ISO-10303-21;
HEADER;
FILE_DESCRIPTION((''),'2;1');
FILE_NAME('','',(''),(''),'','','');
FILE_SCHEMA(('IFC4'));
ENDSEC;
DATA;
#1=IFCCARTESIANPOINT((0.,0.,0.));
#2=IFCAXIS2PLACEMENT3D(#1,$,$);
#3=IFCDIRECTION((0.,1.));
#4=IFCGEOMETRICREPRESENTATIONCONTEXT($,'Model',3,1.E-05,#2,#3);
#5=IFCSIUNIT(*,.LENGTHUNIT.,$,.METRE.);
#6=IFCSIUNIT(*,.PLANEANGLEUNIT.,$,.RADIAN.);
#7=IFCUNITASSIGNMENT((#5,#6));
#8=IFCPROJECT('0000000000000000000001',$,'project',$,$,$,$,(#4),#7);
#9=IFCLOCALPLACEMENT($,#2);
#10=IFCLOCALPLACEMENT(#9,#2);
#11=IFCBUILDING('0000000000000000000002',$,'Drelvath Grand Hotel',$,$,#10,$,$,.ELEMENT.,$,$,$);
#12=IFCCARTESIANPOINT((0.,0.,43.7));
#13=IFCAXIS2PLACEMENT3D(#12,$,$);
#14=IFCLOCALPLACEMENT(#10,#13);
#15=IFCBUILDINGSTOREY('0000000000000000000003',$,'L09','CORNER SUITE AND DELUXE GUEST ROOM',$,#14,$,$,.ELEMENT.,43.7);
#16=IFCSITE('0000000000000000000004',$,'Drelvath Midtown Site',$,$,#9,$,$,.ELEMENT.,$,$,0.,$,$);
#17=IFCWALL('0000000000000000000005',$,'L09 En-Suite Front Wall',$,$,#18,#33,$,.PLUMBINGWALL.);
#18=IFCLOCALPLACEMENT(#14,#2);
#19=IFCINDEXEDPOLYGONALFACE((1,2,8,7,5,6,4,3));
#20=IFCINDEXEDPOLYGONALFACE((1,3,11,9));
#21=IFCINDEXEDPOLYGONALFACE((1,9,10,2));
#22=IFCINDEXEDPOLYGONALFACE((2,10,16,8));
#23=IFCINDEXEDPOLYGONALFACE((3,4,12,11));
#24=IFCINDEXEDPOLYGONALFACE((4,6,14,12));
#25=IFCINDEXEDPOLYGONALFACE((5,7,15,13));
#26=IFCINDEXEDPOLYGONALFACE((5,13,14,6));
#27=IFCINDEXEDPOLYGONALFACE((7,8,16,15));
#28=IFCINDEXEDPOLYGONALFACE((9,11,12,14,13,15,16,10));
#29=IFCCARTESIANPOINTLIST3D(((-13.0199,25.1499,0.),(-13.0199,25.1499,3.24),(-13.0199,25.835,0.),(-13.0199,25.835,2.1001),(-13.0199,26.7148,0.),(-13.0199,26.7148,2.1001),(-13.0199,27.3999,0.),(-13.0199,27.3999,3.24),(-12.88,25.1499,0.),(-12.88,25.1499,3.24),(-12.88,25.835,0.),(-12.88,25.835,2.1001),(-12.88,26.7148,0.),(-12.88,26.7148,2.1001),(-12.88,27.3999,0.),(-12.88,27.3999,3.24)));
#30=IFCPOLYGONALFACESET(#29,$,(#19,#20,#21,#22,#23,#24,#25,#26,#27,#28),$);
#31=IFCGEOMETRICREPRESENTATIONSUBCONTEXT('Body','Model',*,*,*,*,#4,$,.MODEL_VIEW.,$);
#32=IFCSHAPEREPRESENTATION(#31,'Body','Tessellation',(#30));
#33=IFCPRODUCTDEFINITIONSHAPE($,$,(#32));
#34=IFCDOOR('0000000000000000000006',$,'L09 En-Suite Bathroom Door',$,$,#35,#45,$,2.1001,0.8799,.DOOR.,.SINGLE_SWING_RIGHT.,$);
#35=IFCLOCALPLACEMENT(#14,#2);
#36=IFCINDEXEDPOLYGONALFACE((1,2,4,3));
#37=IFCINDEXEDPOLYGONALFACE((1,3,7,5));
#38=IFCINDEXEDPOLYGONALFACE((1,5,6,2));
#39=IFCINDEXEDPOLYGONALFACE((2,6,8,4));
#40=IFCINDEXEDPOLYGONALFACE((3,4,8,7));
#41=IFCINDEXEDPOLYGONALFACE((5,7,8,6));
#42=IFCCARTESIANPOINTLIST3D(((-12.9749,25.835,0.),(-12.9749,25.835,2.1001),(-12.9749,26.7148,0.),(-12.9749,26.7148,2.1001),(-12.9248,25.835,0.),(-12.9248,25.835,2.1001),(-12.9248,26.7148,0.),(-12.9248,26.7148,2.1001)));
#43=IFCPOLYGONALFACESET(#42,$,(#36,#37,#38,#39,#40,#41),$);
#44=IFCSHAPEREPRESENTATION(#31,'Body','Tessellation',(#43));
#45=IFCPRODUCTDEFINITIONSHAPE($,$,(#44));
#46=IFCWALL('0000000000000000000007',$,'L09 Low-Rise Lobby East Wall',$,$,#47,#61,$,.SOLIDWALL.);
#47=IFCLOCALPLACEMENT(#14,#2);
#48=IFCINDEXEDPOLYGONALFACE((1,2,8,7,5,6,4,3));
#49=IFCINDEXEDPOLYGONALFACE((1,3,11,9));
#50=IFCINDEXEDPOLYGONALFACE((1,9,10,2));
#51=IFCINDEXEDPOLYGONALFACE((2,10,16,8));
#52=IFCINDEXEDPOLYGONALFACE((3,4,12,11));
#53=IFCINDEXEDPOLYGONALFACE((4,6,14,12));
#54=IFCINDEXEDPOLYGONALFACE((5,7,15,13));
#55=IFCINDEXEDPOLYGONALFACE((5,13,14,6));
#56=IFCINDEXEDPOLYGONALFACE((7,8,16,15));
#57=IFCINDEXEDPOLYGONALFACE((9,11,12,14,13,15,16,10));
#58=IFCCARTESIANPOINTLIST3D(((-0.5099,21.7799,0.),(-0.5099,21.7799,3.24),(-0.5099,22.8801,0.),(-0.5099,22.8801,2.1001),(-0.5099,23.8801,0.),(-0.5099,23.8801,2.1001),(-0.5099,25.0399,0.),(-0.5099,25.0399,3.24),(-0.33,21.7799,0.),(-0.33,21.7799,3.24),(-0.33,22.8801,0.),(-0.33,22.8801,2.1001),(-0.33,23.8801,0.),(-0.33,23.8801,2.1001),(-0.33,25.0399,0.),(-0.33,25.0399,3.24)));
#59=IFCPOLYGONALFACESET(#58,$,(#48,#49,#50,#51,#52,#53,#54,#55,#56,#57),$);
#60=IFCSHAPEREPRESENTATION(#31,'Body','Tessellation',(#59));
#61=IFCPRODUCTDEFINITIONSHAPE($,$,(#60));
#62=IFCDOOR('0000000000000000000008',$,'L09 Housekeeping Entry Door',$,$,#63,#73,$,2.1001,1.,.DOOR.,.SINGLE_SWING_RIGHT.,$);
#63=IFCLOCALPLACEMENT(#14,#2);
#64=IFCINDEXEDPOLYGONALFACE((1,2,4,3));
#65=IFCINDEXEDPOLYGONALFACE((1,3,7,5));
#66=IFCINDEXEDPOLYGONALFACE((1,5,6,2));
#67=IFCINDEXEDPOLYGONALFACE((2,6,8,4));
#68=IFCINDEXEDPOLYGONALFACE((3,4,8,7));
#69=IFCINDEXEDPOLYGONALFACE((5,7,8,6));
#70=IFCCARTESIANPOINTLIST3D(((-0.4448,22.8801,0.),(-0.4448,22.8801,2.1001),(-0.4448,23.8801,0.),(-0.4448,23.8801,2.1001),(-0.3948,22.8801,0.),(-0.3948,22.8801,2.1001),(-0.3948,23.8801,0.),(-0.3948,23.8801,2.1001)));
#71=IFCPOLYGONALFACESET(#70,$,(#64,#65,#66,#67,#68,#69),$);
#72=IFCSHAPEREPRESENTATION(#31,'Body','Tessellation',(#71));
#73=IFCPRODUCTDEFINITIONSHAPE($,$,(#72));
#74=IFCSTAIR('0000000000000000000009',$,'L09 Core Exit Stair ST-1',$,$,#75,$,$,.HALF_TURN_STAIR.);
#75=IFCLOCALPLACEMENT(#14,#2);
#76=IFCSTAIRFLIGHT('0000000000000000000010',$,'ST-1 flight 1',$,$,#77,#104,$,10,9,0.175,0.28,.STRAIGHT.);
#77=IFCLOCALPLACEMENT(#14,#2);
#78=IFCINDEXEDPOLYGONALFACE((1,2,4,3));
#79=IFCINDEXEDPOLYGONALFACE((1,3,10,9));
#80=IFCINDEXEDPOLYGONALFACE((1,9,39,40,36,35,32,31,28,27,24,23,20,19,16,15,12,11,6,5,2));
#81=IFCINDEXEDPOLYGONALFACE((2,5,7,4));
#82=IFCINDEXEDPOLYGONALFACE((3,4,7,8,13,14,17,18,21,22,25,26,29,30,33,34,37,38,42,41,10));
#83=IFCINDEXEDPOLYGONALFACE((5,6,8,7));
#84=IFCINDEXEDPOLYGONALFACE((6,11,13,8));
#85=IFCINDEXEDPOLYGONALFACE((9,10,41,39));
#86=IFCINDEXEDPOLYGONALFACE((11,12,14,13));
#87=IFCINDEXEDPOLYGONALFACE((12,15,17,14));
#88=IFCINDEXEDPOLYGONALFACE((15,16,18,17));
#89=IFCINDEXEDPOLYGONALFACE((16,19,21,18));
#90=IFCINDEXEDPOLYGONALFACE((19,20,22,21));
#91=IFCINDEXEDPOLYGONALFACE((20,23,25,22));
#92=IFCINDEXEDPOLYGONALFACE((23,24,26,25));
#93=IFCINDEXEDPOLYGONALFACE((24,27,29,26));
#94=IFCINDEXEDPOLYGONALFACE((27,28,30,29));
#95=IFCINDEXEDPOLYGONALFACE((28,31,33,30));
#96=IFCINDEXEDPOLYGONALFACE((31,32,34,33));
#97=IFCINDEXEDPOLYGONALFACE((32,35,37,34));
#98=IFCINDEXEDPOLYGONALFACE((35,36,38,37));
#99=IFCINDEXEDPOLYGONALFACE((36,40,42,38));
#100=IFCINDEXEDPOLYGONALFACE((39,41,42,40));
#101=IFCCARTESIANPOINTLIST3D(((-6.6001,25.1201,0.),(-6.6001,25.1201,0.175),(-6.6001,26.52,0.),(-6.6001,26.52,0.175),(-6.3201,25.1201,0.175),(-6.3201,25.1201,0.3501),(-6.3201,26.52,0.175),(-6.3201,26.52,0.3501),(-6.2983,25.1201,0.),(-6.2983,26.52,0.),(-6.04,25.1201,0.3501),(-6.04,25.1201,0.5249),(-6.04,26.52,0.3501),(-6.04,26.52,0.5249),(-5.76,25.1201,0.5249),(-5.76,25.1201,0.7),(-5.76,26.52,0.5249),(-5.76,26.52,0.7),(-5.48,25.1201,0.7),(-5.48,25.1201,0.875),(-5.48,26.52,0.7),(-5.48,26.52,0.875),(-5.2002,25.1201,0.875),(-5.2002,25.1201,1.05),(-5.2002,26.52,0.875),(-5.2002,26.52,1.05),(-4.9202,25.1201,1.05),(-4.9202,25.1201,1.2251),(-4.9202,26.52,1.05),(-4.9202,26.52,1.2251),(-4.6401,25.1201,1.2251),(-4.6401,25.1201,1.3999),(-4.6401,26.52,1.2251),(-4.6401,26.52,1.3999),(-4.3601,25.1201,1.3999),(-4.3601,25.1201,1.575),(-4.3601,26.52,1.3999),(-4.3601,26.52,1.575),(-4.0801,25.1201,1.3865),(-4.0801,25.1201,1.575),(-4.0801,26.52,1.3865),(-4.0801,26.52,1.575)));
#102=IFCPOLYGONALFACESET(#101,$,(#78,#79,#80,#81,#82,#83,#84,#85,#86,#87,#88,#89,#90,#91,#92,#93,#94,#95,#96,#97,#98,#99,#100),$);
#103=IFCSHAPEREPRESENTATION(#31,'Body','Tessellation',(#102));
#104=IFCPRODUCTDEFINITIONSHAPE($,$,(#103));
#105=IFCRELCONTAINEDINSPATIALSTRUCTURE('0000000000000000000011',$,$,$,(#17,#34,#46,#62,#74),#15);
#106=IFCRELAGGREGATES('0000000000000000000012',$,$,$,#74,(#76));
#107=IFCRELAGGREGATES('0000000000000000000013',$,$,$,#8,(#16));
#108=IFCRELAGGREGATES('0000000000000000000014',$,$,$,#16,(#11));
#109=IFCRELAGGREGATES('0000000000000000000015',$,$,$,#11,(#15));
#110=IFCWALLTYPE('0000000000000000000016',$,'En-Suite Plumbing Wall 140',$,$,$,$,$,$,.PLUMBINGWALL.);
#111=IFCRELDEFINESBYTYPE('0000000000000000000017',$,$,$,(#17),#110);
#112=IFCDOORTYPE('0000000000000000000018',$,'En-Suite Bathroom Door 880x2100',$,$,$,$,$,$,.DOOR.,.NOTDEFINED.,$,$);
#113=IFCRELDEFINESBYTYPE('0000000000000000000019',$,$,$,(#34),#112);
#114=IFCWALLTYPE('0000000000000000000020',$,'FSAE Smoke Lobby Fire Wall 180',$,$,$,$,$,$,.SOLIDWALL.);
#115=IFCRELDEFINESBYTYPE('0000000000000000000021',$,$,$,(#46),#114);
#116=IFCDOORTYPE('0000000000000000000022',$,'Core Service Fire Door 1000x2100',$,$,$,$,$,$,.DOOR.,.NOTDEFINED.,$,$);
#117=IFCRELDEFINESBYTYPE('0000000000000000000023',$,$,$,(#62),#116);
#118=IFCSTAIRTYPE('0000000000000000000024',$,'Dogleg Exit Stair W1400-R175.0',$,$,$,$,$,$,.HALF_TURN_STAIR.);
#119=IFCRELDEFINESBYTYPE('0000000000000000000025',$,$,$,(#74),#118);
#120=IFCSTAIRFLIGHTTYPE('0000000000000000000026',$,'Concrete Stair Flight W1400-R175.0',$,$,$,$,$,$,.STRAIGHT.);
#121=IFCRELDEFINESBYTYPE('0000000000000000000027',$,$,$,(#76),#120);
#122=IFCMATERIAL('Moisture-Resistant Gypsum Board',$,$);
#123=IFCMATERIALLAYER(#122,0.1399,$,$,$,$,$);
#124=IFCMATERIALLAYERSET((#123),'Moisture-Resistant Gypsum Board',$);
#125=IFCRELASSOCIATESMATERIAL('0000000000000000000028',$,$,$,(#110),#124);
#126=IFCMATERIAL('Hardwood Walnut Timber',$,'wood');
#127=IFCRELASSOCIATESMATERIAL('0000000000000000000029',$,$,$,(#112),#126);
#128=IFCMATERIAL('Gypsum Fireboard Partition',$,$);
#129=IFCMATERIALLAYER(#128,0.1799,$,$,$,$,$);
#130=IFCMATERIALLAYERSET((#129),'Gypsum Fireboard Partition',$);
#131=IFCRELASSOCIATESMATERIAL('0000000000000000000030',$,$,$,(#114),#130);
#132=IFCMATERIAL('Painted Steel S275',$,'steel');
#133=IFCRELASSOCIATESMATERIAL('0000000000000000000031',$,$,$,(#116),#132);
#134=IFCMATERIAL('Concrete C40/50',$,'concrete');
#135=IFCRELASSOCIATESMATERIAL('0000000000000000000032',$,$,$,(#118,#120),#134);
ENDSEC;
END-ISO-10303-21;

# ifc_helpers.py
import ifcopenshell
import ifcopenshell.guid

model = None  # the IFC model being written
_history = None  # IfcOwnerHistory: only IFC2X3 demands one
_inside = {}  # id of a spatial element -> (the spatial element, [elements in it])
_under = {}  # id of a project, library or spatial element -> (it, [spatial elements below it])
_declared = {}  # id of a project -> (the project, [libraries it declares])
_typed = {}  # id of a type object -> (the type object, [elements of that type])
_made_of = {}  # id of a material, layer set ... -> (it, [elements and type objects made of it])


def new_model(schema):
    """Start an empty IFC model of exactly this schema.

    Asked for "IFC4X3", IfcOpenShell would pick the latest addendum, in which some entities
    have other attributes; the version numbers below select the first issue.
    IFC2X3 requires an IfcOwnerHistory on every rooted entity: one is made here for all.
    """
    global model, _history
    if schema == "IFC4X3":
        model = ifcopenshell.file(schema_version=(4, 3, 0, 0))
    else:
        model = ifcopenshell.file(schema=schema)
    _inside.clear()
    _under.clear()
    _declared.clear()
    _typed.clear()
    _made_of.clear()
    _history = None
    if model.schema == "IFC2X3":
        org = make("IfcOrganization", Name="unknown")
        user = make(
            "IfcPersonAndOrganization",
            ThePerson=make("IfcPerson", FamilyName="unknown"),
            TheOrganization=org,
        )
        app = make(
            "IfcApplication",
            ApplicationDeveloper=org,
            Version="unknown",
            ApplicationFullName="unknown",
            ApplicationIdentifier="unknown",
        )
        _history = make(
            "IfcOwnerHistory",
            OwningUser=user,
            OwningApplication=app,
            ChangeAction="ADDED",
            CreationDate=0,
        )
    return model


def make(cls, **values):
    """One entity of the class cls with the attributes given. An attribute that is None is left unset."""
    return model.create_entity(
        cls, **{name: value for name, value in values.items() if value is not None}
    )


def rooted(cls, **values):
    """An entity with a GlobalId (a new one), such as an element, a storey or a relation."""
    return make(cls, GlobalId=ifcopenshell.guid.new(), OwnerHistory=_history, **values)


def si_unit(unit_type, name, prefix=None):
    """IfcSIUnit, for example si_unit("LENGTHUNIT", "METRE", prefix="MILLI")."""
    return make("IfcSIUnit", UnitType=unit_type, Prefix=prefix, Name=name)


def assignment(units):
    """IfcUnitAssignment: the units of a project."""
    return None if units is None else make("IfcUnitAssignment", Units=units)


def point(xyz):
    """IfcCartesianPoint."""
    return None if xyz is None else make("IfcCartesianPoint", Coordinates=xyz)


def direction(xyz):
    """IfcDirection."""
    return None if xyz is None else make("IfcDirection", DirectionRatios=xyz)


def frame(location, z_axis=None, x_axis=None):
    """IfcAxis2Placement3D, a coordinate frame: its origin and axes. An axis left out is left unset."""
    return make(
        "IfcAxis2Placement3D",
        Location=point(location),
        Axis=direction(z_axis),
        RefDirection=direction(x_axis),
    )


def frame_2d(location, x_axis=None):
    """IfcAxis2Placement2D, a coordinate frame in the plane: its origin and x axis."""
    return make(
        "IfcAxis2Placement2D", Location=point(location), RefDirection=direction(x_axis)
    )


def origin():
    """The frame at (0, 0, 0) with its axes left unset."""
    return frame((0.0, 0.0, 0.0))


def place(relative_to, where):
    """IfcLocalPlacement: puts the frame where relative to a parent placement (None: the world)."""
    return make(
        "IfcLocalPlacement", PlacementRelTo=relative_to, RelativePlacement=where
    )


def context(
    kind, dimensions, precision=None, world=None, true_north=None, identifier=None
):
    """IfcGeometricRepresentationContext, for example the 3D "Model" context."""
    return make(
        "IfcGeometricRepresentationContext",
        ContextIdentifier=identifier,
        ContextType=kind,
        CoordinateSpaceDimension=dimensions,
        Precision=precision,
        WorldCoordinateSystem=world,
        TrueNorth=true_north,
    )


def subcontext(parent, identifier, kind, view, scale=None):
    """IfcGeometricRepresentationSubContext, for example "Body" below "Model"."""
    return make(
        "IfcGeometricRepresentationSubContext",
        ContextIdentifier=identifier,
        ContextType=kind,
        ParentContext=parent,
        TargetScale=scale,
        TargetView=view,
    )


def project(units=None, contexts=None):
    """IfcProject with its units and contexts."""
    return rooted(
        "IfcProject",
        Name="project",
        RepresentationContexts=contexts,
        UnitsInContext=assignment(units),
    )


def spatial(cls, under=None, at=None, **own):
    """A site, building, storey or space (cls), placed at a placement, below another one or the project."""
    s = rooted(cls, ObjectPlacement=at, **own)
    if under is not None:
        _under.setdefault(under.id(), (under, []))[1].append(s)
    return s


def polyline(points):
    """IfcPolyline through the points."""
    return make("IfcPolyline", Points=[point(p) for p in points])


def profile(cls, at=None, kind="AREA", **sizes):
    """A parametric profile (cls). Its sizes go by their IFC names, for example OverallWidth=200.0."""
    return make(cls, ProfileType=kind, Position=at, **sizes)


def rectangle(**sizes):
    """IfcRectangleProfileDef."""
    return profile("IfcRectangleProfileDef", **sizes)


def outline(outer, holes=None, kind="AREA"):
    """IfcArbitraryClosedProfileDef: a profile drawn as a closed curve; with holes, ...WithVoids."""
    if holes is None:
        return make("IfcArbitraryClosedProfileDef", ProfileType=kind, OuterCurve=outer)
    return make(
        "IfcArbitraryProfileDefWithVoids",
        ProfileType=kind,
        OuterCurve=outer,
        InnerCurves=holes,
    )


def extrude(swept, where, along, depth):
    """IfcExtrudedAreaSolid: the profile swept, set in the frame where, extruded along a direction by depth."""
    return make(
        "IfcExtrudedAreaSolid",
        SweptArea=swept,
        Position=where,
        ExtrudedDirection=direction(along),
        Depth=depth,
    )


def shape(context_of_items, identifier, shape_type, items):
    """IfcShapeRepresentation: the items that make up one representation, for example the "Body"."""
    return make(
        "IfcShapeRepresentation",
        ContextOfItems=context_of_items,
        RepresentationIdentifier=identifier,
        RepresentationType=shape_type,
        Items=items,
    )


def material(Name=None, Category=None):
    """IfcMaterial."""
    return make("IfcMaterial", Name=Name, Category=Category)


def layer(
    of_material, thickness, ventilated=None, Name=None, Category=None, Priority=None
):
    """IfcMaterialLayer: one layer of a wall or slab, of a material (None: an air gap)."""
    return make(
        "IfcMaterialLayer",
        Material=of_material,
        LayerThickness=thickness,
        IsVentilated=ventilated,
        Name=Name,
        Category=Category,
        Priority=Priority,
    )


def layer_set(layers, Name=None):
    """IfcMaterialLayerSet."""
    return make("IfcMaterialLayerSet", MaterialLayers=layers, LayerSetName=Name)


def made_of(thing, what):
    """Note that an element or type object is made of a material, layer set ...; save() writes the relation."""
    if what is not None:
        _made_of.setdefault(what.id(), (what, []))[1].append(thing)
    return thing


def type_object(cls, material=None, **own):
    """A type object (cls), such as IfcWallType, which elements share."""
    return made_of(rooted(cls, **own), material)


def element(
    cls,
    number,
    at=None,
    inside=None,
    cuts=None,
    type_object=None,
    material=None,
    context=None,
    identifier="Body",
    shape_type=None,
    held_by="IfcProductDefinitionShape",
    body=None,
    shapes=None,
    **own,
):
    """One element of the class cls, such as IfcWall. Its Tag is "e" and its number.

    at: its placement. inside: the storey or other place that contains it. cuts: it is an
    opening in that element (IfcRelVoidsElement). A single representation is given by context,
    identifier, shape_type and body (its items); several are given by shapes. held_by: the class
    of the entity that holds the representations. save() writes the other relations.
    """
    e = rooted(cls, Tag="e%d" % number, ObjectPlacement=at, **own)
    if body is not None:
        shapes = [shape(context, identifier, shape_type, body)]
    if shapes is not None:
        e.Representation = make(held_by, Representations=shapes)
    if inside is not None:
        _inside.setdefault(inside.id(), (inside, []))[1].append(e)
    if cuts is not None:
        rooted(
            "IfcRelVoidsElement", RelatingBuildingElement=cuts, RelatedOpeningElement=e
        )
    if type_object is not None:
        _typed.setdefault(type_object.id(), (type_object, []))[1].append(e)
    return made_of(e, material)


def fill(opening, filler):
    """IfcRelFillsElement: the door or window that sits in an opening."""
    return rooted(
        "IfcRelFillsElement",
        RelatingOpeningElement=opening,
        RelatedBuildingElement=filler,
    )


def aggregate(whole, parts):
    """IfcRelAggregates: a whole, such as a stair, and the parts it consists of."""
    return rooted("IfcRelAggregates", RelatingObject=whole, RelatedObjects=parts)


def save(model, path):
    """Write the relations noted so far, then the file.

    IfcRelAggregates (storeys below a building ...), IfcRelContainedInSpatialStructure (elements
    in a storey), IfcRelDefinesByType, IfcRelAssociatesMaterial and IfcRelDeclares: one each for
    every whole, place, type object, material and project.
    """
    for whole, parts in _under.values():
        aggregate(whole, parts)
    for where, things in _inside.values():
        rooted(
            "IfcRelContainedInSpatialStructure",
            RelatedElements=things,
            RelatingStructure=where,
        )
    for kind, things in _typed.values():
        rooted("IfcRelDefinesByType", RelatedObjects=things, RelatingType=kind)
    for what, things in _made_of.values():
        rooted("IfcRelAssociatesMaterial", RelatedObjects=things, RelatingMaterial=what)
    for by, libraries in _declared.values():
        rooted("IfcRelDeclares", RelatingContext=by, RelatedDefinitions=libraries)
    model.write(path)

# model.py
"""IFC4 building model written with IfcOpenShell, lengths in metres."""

from ifc_helpers import new_model, si_unit, direction, frame, frame_2d, origin, place, context, subcontext, project, spatial, polyline, rectangle, outline, extrude, material, layer, layer_set, type_object, element, fill, aggregate, save


model = new_model("IFC4")

# Units and contexts
model_context = context("Model", 3, precision=1e-05, world=origin(), true_north=direction((0.0, 1.0)))
body_context = subcontext(model_context, "Body", "Model", "MODEL_VIEW")
ifc_project = project(units=[si_unit("LENGTHUNIT", "METRE"), si_unit("PLANEANGLEUNIT", "RADIAN")], contexts=[model_context])

# Site, building, storey
site_placement = place(None, origin())
site = spatial("IfcSite", under=ifc_project, at=site_placement, Name="Drelvath Midtown Site", CompositionType="ELEMENT", RefElevation=0.0)
building_placement = place(site_placement, origin())
building = spatial("IfcBuilding", under=site, at=building_placement, Name="Drelvath Grand Hotel", CompositionType="ELEMENT")
storey_placement = place(building_placement, frame((0.0, 0.0, 43.7)))
storey = spatial("IfcBuildingStorey", under=building, at=storey_placement, Name="L09", Description="CORNER SUITE AND DELUXE GUEST ROOM", CompositionType="ELEMENT", Elevation=43.7)

# Shared definitions
ifc_material_1 = material(Name="Concrete C40/50", Category="concrete")

# Shared definitions
ifc_material_2 = material(Name="Painted Steel S275", Category="steel")

# Shared definitions
ifc_material_3 = material(Name="Moisture-Resistant Gypsum Board")
ifc_layer_1 = layer(ifc_material_3, 0.1399)
ifc_layer_set_1 = layer_set([ifc_layer_1], Name="Moisture-Resistant Gypsum Board")
wall_type_1 = type_object("IfcWallType", Name="En-Suite Plumbing Wall 140", PredefinedType="PLUMBINGWALL", material=ifc_layer_set_1)

# Walls, openings, doors
wall_1_placement = place(storey_placement, frame((-12.95, 25.1499, 0.0), z_axis=(0.0, 0.0, 1.0), x_axis=(0.0, 1.0, 0.0)))
wall_1 = element("IfcWall", 1, at=wall_1_placement, inside=storey, type_object=wall_type_1, Name="L09 En-Suite Front Wall", PredefinedType="PLUMBINGWALL", context=body_context, shape_type="SweptSolid", body=[
    extrude(rectangle(XDim=2.25, YDim=0.1399, at=frame_2d((1.125, 0.0))), origin(), (0.0, 0.0, 1.0), 3.24),
])
opening_1_placement = place(wall_1_placement, frame((0.6851, 0.0, 0.0)))
opening_1 = element("IfcOpeningElement", 2, at=opening_1_placement, cuts=wall_1, PredefinedType="OPENING", context=body_context, shape_type="SweptSolid", body=[
    extrude(rectangle(XDim=0.8799, YDim=2.1001, at=frame_2d((0.4399, 1.05))), frame((0.0, 0.0798, 0.0), z_axis=(0.0, -1.0, 0.0), x_axis=(1.0, 0.0, 0.0)), (0.0, 0.0, 1.0), 0.1599),
])
ifc_material_4 = material(Name="Hardwood Walnut Timber", Category="wood")
door_type_1 = type_object("IfcDoorType", Name="En-Suite Bathroom Door 880x2100", OperationType="NOTDEFINED", PredefinedType="DOOR", material=ifc_material_4)
door_1_placement = place(opening_1_placement, origin())
door_1 = element("IfcDoor", 3, at=door_1_placement, inside=storey, type_object=door_type_1, Name="L09 En-Suite Bathroom Door", OperationType="SINGLE_SWING_RIGHT", OverallHeight=2.1001, OverallWidth=0.8799, PredefinedType="DOOR", context=body_context, shape_type="SweptSolid", body=[
    extrude(rectangle(XDim=0.8799, YDim=2.1001, at=frame_2d((0.4399, 1.05))), frame((0.0, 0.0249, 0.0), z_axis=(0.0, -1.0, 0.0), x_axis=(1.0, 0.0, 0.0)), (0.0, 0.0, 1.0), 0.05),
])
fill(opening_1, door_1)
ifc_material_5 = material(Name="Gypsum Fireboard Partition")
ifc_layer_2 = layer(ifc_material_5, 0.1799)
ifc_layer_set_2 = layer_set([ifc_layer_2], Name="Gypsum Fireboard Partition")
wall_type_2 = type_object("IfcWallType", Name="FSAE Smoke Lobby Fire Wall 180", PredefinedType="SOLIDWALL", material=ifc_layer_set_2)
wall_2_placement = place(storey_placement, frame((-0.4199, 21.78, 0.0), z_axis=(0.0, 0.0, 1.0), x_axis=(0.0, 1.0, 0.0)))
wall_2 = element("IfcWall", 4, at=wall_2_placement, inside=storey, type_object=wall_type_2, Name="L09 Low-Rise Lobby East Wall", PredefinedType="SOLIDWALL", context=body_context, shape_type="SweptSolid", body=[
    extrude(rectangle(XDim=3.26, YDim=0.1799, at=frame_2d((1.6299, 0.0))), origin(), (0.0, 0.0, 1.0), 3.24),
])
opening_2_placement = place(wall_2_placement, frame((1.1001, 0.0, 0.0)))
opening_2 = element("IfcOpeningElement", 5, at=opening_2_placement, cuts=wall_2, PredefinedType="OPENING", context=body_context, shape_type="SweptSolid", body=[
    extrude(rectangle(XDim=1.0, YDim=2.1001, at=frame_2d((0.5, 1.05))), frame((0.0, 0.0999, 0.0), z_axis=(0.0, -1.0, 0.0), x_axis=(1.0, 0.0, 0.0)), (0.0, 0.0, 1.0), 0.2),
])
door_type_2 = type_object("IfcDoorType", Name="Core Service Fire Door 1000x2100", OperationType="NOTDEFINED", PredefinedType="DOOR", material=ifc_material_2)
door_2_placement = place(opening_2_placement, origin())
door_2 = element("IfcDoor", 6, at=door_2_placement, inside=storey, type_object=door_type_2, Name="L09 Housekeeping Entry Door", OperationType="SINGLE_SWING_RIGHT", OverallHeight=2.1001, OverallWidth=1.0, PredefinedType="DOOR", context=body_context, shape_type="SweptSolid", body=[
    extrude(rectangle(XDim=1.0, YDim=2.1001, at=frame_2d((0.5, 1.05))), frame((0.0, 0.0249, 0.0), z_axis=(0.0, -1.0, 0.0), x_axis=(1.0, 0.0, 0.0)), (0.0, 0.0, 1.0), 0.05),
])
fill(opening_2, door_2)

# Stair, stair flight
stair_type = type_object("IfcStairType", Name="Dogleg Exit Stair W1400-R175.0", PredefinedType="HALF_TURN_STAIR", material=ifc_material_1)
stair_placement = place(storey_placement, origin())
stair = element("IfcStair", 7, at=stair_placement, inside=storey, type_object=stair_type, Name="L09 Core Exit Stair ST-1", PredefinedType="HALF_TURN_STAIR")
stair_flight_type = type_object("IfcStairFlightType", Name="Concrete Stair Flight W1400-R175.0", PredefinedType="STRAIGHT", material=ifc_material_1)
stair_flight_placement = place(storey_placement, frame((-6.6001, 25.8201, 0.0), z_axis=(0.0, 0.0, 1.0), x_axis=(1.0, 0.0, 0.0)))
stair_flight = element("IfcStairFlight", 8, at=stair_flight_placement, type_object=stair_flight_type, Name="ST-1 flight 1", NumberOfRisers=10, NumberOfTreads=9, PredefinedType="STRAIGHT", RiserHeight=0.175, TreadLength=0.28, context=body_context, shape_type="SweptSolid", body=[
    extrude(outline(polyline([(0.0, 0.0), (0.0, 0.175), (0.28, 0.175), (0.28, 0.3501), (0.5601, 0.3501), (0.5601, 0.5249), (0.8401, 0.5249), (0.8401, 0.7), (1.1201, 0.7), (1.1201, 0.875), (1.3999, 0.875), (1.3999, 1.05), (1.6799, 1.05), (1.6799, 1.2251), (1.96, 1.2251), (1.96, 1.3999), (2.24, 1.3999), (2.24, 1.575), (2.52, 1.575), (2.52, 1.75), (2.52, 1.3865), (0.3018, 0.0), (0.0, 0.0)])), frame((0.0, 0.7, 0.0), z_axis=(0.0, -1.0, 0.0), x_axis=(1.0, 0.0, 0.0)), (0.0, 0.0, 1.0), 1.3999),
])
aggregate(stair, [stair_flight])

save(model, "model.ifc")
